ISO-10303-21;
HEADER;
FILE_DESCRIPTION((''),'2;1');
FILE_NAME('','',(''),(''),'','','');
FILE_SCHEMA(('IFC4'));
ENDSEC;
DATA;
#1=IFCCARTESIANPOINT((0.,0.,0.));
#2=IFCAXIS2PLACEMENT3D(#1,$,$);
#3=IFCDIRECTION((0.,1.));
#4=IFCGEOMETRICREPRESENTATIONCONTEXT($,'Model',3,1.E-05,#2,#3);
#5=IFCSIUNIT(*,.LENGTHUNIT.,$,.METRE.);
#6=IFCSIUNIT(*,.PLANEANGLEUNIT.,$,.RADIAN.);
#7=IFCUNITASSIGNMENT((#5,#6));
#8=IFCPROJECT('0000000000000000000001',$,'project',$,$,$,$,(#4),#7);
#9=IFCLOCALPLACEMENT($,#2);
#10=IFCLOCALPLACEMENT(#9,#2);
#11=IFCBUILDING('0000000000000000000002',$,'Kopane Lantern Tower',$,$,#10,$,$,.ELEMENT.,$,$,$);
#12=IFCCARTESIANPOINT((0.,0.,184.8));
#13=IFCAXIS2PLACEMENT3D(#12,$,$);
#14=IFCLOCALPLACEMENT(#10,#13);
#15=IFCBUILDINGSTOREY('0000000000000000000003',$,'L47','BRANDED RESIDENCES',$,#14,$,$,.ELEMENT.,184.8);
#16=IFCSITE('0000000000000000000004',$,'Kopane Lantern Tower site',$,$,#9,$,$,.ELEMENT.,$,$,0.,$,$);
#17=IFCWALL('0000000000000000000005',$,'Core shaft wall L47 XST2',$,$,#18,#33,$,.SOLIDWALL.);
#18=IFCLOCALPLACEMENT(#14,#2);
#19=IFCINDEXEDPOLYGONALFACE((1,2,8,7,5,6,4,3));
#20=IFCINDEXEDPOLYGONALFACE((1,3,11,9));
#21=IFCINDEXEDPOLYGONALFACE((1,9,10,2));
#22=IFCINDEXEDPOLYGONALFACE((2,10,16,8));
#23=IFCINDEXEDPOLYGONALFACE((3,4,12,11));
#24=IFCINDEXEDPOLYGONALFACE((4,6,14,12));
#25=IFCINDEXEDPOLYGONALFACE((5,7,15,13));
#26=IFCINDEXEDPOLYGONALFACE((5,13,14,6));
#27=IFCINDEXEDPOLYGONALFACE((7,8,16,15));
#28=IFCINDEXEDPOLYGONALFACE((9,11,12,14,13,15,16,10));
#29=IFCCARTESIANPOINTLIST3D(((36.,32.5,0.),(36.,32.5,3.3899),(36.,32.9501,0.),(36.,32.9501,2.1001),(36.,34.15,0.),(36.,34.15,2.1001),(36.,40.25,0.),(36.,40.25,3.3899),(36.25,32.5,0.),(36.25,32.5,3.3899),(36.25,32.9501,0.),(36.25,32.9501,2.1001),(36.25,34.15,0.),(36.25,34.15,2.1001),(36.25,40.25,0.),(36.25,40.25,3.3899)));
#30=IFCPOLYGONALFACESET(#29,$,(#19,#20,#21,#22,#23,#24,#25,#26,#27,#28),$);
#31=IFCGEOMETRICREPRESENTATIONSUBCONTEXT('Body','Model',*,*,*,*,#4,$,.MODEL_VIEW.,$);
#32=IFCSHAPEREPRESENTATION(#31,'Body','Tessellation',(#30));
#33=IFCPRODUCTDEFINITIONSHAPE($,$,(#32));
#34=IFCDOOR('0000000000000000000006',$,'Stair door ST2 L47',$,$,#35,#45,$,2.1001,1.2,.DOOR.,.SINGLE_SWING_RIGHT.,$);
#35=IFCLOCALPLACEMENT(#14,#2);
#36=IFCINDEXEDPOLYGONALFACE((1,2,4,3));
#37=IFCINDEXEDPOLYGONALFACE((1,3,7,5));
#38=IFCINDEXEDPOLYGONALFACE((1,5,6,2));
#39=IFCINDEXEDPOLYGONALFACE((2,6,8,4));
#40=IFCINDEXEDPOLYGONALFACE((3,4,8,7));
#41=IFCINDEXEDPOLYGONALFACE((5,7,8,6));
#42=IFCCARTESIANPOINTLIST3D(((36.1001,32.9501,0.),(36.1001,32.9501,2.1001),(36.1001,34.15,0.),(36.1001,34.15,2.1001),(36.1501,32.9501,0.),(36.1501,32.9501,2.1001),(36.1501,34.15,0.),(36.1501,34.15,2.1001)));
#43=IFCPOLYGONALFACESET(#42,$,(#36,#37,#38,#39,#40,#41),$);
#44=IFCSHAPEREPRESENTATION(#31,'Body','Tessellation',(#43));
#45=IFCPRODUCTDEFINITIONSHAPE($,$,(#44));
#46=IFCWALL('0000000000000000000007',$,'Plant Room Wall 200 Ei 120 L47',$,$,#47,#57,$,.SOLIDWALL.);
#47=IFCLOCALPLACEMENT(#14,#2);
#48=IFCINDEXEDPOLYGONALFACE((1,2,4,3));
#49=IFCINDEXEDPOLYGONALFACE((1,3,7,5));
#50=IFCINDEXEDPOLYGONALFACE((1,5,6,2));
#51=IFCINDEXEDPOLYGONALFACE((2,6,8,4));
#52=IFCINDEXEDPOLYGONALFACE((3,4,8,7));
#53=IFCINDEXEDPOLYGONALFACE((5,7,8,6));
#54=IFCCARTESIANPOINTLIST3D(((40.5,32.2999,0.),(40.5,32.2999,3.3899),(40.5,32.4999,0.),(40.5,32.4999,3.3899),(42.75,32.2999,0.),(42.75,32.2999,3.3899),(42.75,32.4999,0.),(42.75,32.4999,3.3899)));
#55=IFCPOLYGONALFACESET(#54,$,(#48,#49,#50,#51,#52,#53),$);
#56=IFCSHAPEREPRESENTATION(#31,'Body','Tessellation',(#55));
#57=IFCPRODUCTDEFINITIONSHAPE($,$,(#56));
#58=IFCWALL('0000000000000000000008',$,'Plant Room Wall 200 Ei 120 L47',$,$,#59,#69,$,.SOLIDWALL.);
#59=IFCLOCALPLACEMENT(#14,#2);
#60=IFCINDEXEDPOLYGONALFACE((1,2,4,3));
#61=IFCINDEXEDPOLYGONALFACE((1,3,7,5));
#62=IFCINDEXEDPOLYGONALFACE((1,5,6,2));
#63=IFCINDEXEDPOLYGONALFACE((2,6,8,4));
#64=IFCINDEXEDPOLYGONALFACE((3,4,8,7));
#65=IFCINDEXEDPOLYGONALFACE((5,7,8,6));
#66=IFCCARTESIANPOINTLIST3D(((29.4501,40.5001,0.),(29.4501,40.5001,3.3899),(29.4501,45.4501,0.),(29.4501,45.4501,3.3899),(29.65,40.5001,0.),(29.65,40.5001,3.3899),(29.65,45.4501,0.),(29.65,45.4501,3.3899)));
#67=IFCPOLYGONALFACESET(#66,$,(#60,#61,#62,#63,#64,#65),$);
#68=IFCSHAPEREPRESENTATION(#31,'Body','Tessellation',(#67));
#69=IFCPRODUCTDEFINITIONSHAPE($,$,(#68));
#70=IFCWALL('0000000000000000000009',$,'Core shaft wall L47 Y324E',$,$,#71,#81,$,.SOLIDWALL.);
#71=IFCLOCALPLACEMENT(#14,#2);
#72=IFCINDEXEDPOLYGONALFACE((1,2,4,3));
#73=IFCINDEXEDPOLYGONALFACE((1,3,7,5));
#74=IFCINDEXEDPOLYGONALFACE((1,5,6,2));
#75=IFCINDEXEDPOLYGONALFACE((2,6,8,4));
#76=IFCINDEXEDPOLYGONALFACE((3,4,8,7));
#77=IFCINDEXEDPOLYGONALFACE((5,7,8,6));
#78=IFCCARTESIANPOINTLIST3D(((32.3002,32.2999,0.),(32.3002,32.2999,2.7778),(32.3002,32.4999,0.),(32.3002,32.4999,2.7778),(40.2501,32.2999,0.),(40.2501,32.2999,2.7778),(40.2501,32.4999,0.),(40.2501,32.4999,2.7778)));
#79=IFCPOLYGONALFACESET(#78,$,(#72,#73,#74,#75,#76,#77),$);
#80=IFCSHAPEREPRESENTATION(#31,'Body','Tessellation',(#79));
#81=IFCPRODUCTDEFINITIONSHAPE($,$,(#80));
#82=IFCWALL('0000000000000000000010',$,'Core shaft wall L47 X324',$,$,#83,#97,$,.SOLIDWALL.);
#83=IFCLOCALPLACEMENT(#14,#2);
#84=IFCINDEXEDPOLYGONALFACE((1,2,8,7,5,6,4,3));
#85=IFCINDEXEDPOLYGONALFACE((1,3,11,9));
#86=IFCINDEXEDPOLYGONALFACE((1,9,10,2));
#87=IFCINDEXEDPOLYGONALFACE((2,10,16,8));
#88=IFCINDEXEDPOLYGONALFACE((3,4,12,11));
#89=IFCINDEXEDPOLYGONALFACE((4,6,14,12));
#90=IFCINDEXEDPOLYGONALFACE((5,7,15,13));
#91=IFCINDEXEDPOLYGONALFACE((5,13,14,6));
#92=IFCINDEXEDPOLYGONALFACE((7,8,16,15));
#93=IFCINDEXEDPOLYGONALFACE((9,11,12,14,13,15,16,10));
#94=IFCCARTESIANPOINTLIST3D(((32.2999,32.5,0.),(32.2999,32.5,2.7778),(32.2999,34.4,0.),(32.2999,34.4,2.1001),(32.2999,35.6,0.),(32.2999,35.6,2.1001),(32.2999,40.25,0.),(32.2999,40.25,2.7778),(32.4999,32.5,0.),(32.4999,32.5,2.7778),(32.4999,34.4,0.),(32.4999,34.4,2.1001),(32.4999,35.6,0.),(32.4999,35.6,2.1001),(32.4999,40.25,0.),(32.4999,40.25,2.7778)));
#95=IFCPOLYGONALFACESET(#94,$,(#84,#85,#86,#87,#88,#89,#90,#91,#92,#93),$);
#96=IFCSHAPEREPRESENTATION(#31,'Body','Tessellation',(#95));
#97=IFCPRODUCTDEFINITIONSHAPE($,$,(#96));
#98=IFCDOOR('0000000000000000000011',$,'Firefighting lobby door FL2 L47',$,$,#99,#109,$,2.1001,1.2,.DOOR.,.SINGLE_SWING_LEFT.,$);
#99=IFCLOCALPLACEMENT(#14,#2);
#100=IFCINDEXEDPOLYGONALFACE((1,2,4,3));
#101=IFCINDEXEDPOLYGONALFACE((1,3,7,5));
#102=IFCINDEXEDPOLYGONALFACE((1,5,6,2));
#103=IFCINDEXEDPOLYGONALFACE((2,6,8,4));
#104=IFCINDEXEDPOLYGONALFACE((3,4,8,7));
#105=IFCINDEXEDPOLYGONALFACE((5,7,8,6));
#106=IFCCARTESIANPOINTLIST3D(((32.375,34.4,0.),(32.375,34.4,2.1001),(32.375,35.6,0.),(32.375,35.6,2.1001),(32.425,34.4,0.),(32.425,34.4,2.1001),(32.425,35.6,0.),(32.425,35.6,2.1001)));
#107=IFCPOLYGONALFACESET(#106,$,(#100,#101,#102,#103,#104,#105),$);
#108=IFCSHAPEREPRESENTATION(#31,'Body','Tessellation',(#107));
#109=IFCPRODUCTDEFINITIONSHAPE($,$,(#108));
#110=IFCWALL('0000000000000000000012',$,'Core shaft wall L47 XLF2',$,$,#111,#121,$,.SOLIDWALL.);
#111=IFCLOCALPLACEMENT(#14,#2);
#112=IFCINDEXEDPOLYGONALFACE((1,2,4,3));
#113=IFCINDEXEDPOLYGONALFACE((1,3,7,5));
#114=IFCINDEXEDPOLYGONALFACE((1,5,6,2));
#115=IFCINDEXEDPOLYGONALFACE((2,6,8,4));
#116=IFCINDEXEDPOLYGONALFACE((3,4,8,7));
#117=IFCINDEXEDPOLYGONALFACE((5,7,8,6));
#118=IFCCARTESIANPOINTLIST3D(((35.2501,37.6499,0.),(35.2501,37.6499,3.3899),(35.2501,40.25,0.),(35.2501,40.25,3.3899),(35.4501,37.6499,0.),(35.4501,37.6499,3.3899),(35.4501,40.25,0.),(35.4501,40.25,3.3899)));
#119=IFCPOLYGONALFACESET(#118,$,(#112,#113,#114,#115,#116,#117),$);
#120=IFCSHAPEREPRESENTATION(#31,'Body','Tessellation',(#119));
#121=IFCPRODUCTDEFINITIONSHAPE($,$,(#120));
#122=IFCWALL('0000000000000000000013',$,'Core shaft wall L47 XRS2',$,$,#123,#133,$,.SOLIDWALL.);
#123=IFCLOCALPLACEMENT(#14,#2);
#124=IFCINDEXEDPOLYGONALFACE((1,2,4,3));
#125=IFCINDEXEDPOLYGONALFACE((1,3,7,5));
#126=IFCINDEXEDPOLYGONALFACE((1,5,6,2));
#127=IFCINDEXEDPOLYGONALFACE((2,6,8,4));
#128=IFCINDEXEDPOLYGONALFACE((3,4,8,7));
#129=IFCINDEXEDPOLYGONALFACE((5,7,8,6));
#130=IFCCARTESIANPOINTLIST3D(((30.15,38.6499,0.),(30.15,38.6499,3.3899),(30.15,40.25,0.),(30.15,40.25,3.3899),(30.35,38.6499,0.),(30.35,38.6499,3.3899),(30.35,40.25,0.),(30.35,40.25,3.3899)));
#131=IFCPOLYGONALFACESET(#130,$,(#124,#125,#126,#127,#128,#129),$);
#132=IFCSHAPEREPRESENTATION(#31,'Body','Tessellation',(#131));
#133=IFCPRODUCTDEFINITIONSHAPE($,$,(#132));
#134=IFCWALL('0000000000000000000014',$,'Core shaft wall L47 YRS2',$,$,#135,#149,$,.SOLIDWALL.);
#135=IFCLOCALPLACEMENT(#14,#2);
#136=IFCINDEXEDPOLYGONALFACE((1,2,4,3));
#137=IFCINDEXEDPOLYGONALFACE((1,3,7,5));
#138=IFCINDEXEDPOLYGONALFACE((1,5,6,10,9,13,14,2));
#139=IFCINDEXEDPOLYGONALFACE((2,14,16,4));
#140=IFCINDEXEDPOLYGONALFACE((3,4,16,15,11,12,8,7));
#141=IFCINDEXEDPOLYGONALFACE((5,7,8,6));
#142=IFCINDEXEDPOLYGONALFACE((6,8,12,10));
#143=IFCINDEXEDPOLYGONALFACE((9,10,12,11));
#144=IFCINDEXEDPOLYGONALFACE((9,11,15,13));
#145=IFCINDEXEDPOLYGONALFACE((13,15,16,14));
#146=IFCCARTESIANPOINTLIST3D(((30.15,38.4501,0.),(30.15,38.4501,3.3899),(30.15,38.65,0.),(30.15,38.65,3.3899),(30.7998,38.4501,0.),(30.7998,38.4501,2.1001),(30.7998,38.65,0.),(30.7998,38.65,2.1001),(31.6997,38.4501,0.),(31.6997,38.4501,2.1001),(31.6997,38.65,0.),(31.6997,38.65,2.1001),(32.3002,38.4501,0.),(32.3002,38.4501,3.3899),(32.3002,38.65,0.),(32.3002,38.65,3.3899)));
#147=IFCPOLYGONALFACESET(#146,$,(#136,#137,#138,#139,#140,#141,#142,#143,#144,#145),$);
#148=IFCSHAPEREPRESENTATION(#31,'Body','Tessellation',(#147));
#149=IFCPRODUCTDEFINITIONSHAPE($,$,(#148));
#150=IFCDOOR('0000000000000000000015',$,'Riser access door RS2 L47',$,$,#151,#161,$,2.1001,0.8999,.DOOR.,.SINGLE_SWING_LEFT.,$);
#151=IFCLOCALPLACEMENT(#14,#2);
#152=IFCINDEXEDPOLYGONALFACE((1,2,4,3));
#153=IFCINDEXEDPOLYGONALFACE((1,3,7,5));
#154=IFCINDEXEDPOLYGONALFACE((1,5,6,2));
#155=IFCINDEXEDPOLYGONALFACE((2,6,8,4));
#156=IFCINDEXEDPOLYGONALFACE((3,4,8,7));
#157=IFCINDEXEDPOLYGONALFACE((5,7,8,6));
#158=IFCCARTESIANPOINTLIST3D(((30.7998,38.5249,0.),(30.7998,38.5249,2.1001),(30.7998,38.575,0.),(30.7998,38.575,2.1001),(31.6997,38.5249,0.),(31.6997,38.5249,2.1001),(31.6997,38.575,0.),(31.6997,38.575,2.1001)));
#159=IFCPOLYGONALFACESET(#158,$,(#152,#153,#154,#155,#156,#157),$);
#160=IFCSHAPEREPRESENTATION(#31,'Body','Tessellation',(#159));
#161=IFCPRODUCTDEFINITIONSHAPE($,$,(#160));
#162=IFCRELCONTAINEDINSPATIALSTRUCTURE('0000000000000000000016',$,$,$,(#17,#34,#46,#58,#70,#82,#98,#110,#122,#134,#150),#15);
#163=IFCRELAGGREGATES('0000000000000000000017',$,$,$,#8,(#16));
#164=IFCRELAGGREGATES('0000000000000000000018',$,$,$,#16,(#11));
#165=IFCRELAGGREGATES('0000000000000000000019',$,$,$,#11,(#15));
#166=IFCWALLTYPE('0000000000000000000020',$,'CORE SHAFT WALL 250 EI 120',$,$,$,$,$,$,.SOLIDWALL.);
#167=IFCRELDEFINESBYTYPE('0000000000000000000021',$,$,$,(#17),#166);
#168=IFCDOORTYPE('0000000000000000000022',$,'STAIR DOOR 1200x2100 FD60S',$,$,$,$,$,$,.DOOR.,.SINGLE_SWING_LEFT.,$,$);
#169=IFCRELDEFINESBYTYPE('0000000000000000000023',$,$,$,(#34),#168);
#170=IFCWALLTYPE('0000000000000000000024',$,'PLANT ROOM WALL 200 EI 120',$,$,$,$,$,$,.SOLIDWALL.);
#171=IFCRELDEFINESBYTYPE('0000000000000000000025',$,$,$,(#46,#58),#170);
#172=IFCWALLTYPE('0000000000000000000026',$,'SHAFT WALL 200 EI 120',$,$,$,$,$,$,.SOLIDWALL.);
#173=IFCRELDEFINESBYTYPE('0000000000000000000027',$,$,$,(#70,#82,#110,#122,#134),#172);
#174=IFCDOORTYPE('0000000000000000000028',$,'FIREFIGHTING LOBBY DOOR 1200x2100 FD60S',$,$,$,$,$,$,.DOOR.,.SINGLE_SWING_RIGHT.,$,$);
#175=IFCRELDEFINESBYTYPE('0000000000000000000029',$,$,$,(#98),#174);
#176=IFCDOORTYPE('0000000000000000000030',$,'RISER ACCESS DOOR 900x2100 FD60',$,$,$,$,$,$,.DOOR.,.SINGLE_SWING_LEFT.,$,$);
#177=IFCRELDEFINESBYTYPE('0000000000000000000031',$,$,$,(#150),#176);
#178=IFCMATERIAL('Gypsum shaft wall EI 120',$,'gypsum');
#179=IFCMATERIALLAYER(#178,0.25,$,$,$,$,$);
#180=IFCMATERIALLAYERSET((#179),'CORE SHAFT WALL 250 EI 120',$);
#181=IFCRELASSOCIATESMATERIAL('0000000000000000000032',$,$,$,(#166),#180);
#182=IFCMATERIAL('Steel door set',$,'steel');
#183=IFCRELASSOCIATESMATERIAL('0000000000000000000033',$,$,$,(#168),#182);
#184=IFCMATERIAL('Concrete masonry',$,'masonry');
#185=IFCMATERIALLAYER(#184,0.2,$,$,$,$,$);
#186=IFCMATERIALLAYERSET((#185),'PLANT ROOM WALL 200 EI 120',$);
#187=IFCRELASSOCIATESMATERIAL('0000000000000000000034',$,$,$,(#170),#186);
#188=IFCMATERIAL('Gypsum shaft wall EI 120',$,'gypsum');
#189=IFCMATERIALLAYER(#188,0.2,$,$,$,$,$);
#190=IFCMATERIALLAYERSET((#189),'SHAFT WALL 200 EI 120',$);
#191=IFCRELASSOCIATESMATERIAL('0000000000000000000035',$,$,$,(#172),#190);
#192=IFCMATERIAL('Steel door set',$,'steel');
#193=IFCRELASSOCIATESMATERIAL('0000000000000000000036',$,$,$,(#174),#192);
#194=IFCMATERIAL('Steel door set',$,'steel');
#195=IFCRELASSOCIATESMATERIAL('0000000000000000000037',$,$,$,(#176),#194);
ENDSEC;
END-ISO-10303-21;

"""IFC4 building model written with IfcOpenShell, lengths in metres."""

from ifc_helpers import new_model, si_unit, direction, frame, frame_2d, origin, place, context, subcontext, project, spatial, rectangle, extrude, material, layer, layer_set, type_object, element, fill, save


model = new_model("IFC4")

# Units and contexts
model_context = context("Model", 3, precision=1e-05, world=origin(), true_north=direction((0.0, 1.0)))
body_context = subcontext(model_context, "Body", "Model", "MODEL_VIEW")
ifc_project = project(units=[si_unit("LENGTHUNIT", "METRE"), si_unit("PLANEANGLEUNIT", "RADIAN")], contexts=[model_context])

# Site, building, storey
site_placement = place(None, origin())
site = spatial("IfcSite", under=ifc_project, at=site_placement, Name="Kopane Lantern Tower site", CompositionType="ELEMENT", RefElevation=0.0)
building_placement = place(site_placement, origin())
building = spatial("IfcBuilding", under=site, at=building_placement, Name="Kopane Lantern Tower", CompositionType="ELEMENT")
storey_placement = place(building_placement, frame((0.0, 0.0, 184.8)))
storey = spatial("IfcBuildingStorey", under=building, at=storey_placement, Name="L47", Description="BRANDED RESIDENCES", CompositionType="ELEMENT", Elevation=184.8)

# Wall, opening, door
ifc_material_1 = material(Name="Gypsum shaft wall EI 120", Category="gypsum")
ifc_layer_1 = layer(ifc_material_1, 0.25)
ifc_layer_set_1 = layer_set([ifc_layer_1], Name="CORE SHAFT WALL 250 EI 120")
wall_type_1 = type_object("IfcWallType", Name="CORE SHAFT WALL 250 EI 120", PredefinedType="SOLIDWALL", material=ifc_layer_set_1)
wall_1_placement = place(storey_placement, frame((36.125, 32.5, 0.0), z_axis=(0.0, 0.0, 1.0), x_axis=(0.0, 1.0, 0.0)))
wall_1 = element("IfcWall", 1, at=wall_1_placement, inside=storey, type_object=wall_type_1, Name="Core shaft wall L47 XST2", PredefinedType="SOLIDWALL", context=body_context, shape_type="SweptSolid", body=[
    extrude(rectangle(XDim=7.75, YDim=0.25, at=frame_2d((3.875, 0.0))), origin(), (0.0, 0.0, 1.0), 3.3899),
])
opening_1_placement = place(wall_1_placement, frame((0.45, 0.0, 0.0)))
opening_1 = element("IfcOpeningElement", 2, at=opening_1_placement, cuts=wall_1, PredefinedType="OPENING", context=body_context, shape_type="SweptSolid", body=[
    extrude(rectangle(XDim=1.2, YDim=2.1001, at=frame_2d((0.6001, 1.05))), frame((0.0, 0.135, 0.0), z_axis=(0.0, -1.0, 0.0), x_axis=(1.0, 0.0, 0.0)), (0.0, 0.0, 1.0), 0.27),
])
ifc_material_2 = material(Name="Steel door set", Category="steel")
door_type_1 = type_object("IfcDoorType", Name="STAIR DOOR 1200x2100 FD60S", OperationType="SINGLE_SWING_LEFT", PredefinedType="DOOR", material=ifc_material_2)
door_1_placement = place(opening_1_placement, origin())
door_1 = element("IfcDoor", 3, at=door_1_placement, inside=storey, type_object=door_type_1, Name="Stair door ST2 L47", OperationType="SINGLE_SWING_RIGHT", OverallHeight=2.1001, OverallWidth=1.2, PredefinedType="DOOR", context=body_context, shape_type="SweptSolid", body=[
    extrude(rectangle(XDim=1.2, YDim=2.1001, at=frame_2d((0.6001, 1.05))), frame((0.0, 0.0249, 0.0), z_axis=(0.0, -1.0, 0.0), x_axis=(1.0, 0.0, 0.0)), (0.0, 0.0, 1.0), 0.05),
])
fill(opening_1, door_1)

# Walls
ifc_material_3 = material(Name="Concrete masonry", Category="masonry")
ifc_layer_2 = layer(ifc_material_3, 0.2)
ifc_layer_set_2 = layer_set([ifc_layer_2], Name="PLANT ROOM WALL 200 EI 120")
wall_type_2 = type_object("IfcWallType", Name="PLANT ROOM WALL 200 EI 120", PredefinedType="SOLIDWALL", material=ifc_layer_set_2)
wall_2_placement = place(storey_placement, frame((40.5, 32.3999, 0.0), z_axis=(0.0, 0.0, 1.0), x_axis=(1.0, 0.0, 0.0)))
element("IfcWall", 4, at=wall_2_placement, inside=storey, type_object=wall_type_2, Name="Plant Room Wall 200 Ei 120 L47", PredefinedType="SOLIDWALL", context=body_context, shape_type="SweptSolid", body=[
    extrude(rectangle(XDim=2.25, YDim=0.2, at=frame_2d((1.125, 0.0))), origin(), (0.0, 0.0, 1.0), 3.3899),
])
wall_3_placement = place(storey_placement, frame((29.55, 40.5, 0.0), z_axis=(0.0, 0.0, 1.0), x_axis=(0.0, 1.0, 0.0)))
element("IfcWall", 5, at=wall_3_placement, inside=storey, type_object=wall_type_2, Name="Plant Room Wall 200 Ei 120 L47", PredefinedType="SOLIDWALL", context=body_context, shape_type="SweptSolid", body=[
    extrude(rectangle(XDim=4.95, YDim=0.2, at=frame_2d((2.4751, 0.0))), origin(), (0.0, 0.0, 1.0), 3.3899),
])
ifc_material_4 = material(Name="Gypsum shaft wall EI 120", Category="gypsum")
ifc_layer_3 = layer(ifc_material_4, 0.2)
ifc_layer_set_3 = layer_set([ifc_layer_3], Name="SHAFT WALL 200 EI 120")
wall_type_3 = type_object("IfcWallType", Name="SHAFT WALL 200 EI 120", PredefinedType="SOLIDWALL", material=ifc_layer_set_3)
wall_4_placement = place(storey_placement, frame((32.3, 32.3999, 0.0), z_axis=(0.0, 0.0, 1.0), x_axis=(1.0, 0.0, 0.0)))
element("IfcWall", 6, at=wall_4_placement, inside=storey, type_object=wall_type_3, Name="Core shaft wall L47 Y324E", PredefinedType="SOLIDWALL", context=body_context, shape_type="SweptSolid", body=[
    extrude(rectangle(XDim=7.95, YDim=0.2, at=frame_2d((3.9751, 0.0))), origin(), (0.0, 0.0, 1.0), 2.7778),
])

# Wall, opening, door
wall_5_placement = place(storey_placement, frame((32.3999, 32.5, 0.0), z_axis=(0.0, 0.0, 1.0), x_axis=(0.0, 1.0, 0.0)))
wall_5 = element("IfcWall", 7, at=wall_5_placement, inside=storey, type_object=wall_type_3, Name="Core shaft wall L47 X324", PredefinedType="SOLIDWALL", context=body_context, shape_type="SweptSolid", body=[
    extrude(rectangle(XDim=7.75, YDim=0.2, at=frame_2d((3.875, 0.0))), origin(), (0.0, 0.0, 1.0), 2.7778),
])
opening_2_placement = place(wall_5_placement, frame((1.8999, 0.0, 0.0)))
opening_2 = element("IfcOpeningElement", 8, at=opening_2_placement, cuts=wall_5, PredefinedType="OPENING", context=body_context, shape_type="SweptSolid", body=[
    extrude(rectangle(XDim=1.2, YDim=2.1001, at=frame_2d((0.6001, 1.05))), frame((0.0, 0.1099, 0.0), z_axis=(0.0, -1.0, 0.0), x_axis=(1.0, 0.0, 0.0)), (0.0, 0.0, 1.0), 0.22),
])
ifc_material_5 = material(Name="Steel door set", Category="steel")
door_type_2 = type_object("IfcDoorType", Name="FIREFIGHTING LOBBY DOOR 1200x2100 FD60S", OperationType="SINGLE_SWING_RIGHT", PredefinedType="DOOR", material=ifc_material_5)
door_2_placement = place(opening_2_placement, origin())
door_2 = element("IfcDoor", 9, at=door_2_placement, inside=storey, type_object=door_type_2, Name="Firefighting lobby door FL2 L47", OperationType="SINGLE_SWING_LEFT", OverallHeight=2.1001, OverallWidth=1.2, PredefinedType="DOOR", context=body_context, shape_type="SweptSolid", body=[
    extrude(rectangle(XDim=1.2, YDim=2.1001, at=frame_2d((0.6001, 1.05))), frame((0.0, 0.0249, 0.0), z_axis=(0.0, -1.0, 0.0), x_axis=(1.0, 0.0, 0.0)), (0.0, 0.0, 1.0), 0.05),
])
fill(opening_2, door_2)

# Walls
wall_6_placement = place(storey_placement, frame((35.3501, 37.6499, 0.0), z_axis=(0.0, 0.0, 1.0), x_axis=(0.0, 1.0, 0.0)))
element("IfcWall", 10, at=wall_6_placement, inside=storey, type_object=wall_type_3, Name="Core shaft wall L47 XLF2", PredefinedType="SOLIDWALL", context=body_context, shape_type="SweptSolid", body=[
    extrude(rectangle(XDim=2.6001, YDim=0.2, at=frame_2d((1.3, 0.0))), origin(), (0.0, 0.0, 1.0), 3.3899),
])
wall_7_placement = place(storey_placement, frame((30.25, 38.6499, 0.0), z_axis=(0.0, 0.0, 1.0), x_axis=(0.0, 1.0, 0.0)))
element("IfcWall", 11, at=wall_7_placement, inside=storey, type_object=wall_type_3, Name="Core shaft wall L47 XRS2", PredefinedType="SOLIDWALL", context=body_context, shape_type="SweptSolid", body=[
    extrude(rectangle(XDim=1.6001, YDim=0.2, at=frame_2d((0.8, 0.0))), origin(), (0.0, 0.0, 1.0), 3.3899),
])

# Wall, opening, door
wall_8_placement = place(storey_placement, frame((30.1499, 38.55, 0.0), z_axis=(0.0, 0.0, 1.0), x_axis=(1.0, 0.0, 0.0)))
wall_8 = element("IfcWall", 12, at=wall_8_placement, inside=storey, type_object=wall_type_3, Name="Core shaft wall L47 YRS2", PredefinedType="SOLIDWALL", context=body_context, shape_type="SweptSolid", body=[
    extrude(rectangle(XDim=2.1501, YDim=0.2, at=frame_2d((1.0752, 0.0))), origin(), (0.0, 0.0, 1.0), 3.3899),
])
opening_3_placement = place(wall_8_placement, frame((0.6499, 0.0, 0.0)))
opening_3 = element("IfcOpeningElement", 13, at=opening_3_placement, cuts=wall_8, PredefinedType="OPENING", context=body_context, shape_type="SweptSolid", body=[
    extrude(rectangle(XDim=0.8999, YDim=2.1001, at=frame_2d((0.45, 1.05))), frame((0.0, 0.1099, 0.0), z_axis=(0.0, -1.0, 0.0), x_axis=(1.0, 0.0, 0.0)), (0.0, 0.0, 1.0), 0.22),
])
ifc_material_6 = material(Name="Steel door set", Category="steel")
door_type_3 = type_object("IfcDoorType", Name="RISER ACCESS DOOR 900x2100 FD60", OperationType="SINGLE_SWING_LEFT", PredefinedType="DOOR", material=ifc_material_6)
door_3_placement = place(opening_3_placement, origin())
door_3 = element("IfcDoor", 14, at=door_3_placement, inside=storey, type_object=door_type_3, Name="Riser access door RS2 L47", OperationType="SINGLE_SWING_LEFT", OverallHeight=2.1001, OverallWidth=0.8999, PredefinedType="DOOR", context=body_context, shape_type="SweptSolid", body=[
    extrude(rectangle(XDim=0.8999, YDim=2.1001, at=frame_2d((0.45, 1.05))), frame((0.0, 0.0249, 0.0), z_axis=(0.0, -1.0, 0.0), x_axis=(1.0, 0.0, 0.0)), (0.0, 0.0, 1.0), 0.05),
])
fill(opening_3, door_3)

save(model, "model.ifc")
